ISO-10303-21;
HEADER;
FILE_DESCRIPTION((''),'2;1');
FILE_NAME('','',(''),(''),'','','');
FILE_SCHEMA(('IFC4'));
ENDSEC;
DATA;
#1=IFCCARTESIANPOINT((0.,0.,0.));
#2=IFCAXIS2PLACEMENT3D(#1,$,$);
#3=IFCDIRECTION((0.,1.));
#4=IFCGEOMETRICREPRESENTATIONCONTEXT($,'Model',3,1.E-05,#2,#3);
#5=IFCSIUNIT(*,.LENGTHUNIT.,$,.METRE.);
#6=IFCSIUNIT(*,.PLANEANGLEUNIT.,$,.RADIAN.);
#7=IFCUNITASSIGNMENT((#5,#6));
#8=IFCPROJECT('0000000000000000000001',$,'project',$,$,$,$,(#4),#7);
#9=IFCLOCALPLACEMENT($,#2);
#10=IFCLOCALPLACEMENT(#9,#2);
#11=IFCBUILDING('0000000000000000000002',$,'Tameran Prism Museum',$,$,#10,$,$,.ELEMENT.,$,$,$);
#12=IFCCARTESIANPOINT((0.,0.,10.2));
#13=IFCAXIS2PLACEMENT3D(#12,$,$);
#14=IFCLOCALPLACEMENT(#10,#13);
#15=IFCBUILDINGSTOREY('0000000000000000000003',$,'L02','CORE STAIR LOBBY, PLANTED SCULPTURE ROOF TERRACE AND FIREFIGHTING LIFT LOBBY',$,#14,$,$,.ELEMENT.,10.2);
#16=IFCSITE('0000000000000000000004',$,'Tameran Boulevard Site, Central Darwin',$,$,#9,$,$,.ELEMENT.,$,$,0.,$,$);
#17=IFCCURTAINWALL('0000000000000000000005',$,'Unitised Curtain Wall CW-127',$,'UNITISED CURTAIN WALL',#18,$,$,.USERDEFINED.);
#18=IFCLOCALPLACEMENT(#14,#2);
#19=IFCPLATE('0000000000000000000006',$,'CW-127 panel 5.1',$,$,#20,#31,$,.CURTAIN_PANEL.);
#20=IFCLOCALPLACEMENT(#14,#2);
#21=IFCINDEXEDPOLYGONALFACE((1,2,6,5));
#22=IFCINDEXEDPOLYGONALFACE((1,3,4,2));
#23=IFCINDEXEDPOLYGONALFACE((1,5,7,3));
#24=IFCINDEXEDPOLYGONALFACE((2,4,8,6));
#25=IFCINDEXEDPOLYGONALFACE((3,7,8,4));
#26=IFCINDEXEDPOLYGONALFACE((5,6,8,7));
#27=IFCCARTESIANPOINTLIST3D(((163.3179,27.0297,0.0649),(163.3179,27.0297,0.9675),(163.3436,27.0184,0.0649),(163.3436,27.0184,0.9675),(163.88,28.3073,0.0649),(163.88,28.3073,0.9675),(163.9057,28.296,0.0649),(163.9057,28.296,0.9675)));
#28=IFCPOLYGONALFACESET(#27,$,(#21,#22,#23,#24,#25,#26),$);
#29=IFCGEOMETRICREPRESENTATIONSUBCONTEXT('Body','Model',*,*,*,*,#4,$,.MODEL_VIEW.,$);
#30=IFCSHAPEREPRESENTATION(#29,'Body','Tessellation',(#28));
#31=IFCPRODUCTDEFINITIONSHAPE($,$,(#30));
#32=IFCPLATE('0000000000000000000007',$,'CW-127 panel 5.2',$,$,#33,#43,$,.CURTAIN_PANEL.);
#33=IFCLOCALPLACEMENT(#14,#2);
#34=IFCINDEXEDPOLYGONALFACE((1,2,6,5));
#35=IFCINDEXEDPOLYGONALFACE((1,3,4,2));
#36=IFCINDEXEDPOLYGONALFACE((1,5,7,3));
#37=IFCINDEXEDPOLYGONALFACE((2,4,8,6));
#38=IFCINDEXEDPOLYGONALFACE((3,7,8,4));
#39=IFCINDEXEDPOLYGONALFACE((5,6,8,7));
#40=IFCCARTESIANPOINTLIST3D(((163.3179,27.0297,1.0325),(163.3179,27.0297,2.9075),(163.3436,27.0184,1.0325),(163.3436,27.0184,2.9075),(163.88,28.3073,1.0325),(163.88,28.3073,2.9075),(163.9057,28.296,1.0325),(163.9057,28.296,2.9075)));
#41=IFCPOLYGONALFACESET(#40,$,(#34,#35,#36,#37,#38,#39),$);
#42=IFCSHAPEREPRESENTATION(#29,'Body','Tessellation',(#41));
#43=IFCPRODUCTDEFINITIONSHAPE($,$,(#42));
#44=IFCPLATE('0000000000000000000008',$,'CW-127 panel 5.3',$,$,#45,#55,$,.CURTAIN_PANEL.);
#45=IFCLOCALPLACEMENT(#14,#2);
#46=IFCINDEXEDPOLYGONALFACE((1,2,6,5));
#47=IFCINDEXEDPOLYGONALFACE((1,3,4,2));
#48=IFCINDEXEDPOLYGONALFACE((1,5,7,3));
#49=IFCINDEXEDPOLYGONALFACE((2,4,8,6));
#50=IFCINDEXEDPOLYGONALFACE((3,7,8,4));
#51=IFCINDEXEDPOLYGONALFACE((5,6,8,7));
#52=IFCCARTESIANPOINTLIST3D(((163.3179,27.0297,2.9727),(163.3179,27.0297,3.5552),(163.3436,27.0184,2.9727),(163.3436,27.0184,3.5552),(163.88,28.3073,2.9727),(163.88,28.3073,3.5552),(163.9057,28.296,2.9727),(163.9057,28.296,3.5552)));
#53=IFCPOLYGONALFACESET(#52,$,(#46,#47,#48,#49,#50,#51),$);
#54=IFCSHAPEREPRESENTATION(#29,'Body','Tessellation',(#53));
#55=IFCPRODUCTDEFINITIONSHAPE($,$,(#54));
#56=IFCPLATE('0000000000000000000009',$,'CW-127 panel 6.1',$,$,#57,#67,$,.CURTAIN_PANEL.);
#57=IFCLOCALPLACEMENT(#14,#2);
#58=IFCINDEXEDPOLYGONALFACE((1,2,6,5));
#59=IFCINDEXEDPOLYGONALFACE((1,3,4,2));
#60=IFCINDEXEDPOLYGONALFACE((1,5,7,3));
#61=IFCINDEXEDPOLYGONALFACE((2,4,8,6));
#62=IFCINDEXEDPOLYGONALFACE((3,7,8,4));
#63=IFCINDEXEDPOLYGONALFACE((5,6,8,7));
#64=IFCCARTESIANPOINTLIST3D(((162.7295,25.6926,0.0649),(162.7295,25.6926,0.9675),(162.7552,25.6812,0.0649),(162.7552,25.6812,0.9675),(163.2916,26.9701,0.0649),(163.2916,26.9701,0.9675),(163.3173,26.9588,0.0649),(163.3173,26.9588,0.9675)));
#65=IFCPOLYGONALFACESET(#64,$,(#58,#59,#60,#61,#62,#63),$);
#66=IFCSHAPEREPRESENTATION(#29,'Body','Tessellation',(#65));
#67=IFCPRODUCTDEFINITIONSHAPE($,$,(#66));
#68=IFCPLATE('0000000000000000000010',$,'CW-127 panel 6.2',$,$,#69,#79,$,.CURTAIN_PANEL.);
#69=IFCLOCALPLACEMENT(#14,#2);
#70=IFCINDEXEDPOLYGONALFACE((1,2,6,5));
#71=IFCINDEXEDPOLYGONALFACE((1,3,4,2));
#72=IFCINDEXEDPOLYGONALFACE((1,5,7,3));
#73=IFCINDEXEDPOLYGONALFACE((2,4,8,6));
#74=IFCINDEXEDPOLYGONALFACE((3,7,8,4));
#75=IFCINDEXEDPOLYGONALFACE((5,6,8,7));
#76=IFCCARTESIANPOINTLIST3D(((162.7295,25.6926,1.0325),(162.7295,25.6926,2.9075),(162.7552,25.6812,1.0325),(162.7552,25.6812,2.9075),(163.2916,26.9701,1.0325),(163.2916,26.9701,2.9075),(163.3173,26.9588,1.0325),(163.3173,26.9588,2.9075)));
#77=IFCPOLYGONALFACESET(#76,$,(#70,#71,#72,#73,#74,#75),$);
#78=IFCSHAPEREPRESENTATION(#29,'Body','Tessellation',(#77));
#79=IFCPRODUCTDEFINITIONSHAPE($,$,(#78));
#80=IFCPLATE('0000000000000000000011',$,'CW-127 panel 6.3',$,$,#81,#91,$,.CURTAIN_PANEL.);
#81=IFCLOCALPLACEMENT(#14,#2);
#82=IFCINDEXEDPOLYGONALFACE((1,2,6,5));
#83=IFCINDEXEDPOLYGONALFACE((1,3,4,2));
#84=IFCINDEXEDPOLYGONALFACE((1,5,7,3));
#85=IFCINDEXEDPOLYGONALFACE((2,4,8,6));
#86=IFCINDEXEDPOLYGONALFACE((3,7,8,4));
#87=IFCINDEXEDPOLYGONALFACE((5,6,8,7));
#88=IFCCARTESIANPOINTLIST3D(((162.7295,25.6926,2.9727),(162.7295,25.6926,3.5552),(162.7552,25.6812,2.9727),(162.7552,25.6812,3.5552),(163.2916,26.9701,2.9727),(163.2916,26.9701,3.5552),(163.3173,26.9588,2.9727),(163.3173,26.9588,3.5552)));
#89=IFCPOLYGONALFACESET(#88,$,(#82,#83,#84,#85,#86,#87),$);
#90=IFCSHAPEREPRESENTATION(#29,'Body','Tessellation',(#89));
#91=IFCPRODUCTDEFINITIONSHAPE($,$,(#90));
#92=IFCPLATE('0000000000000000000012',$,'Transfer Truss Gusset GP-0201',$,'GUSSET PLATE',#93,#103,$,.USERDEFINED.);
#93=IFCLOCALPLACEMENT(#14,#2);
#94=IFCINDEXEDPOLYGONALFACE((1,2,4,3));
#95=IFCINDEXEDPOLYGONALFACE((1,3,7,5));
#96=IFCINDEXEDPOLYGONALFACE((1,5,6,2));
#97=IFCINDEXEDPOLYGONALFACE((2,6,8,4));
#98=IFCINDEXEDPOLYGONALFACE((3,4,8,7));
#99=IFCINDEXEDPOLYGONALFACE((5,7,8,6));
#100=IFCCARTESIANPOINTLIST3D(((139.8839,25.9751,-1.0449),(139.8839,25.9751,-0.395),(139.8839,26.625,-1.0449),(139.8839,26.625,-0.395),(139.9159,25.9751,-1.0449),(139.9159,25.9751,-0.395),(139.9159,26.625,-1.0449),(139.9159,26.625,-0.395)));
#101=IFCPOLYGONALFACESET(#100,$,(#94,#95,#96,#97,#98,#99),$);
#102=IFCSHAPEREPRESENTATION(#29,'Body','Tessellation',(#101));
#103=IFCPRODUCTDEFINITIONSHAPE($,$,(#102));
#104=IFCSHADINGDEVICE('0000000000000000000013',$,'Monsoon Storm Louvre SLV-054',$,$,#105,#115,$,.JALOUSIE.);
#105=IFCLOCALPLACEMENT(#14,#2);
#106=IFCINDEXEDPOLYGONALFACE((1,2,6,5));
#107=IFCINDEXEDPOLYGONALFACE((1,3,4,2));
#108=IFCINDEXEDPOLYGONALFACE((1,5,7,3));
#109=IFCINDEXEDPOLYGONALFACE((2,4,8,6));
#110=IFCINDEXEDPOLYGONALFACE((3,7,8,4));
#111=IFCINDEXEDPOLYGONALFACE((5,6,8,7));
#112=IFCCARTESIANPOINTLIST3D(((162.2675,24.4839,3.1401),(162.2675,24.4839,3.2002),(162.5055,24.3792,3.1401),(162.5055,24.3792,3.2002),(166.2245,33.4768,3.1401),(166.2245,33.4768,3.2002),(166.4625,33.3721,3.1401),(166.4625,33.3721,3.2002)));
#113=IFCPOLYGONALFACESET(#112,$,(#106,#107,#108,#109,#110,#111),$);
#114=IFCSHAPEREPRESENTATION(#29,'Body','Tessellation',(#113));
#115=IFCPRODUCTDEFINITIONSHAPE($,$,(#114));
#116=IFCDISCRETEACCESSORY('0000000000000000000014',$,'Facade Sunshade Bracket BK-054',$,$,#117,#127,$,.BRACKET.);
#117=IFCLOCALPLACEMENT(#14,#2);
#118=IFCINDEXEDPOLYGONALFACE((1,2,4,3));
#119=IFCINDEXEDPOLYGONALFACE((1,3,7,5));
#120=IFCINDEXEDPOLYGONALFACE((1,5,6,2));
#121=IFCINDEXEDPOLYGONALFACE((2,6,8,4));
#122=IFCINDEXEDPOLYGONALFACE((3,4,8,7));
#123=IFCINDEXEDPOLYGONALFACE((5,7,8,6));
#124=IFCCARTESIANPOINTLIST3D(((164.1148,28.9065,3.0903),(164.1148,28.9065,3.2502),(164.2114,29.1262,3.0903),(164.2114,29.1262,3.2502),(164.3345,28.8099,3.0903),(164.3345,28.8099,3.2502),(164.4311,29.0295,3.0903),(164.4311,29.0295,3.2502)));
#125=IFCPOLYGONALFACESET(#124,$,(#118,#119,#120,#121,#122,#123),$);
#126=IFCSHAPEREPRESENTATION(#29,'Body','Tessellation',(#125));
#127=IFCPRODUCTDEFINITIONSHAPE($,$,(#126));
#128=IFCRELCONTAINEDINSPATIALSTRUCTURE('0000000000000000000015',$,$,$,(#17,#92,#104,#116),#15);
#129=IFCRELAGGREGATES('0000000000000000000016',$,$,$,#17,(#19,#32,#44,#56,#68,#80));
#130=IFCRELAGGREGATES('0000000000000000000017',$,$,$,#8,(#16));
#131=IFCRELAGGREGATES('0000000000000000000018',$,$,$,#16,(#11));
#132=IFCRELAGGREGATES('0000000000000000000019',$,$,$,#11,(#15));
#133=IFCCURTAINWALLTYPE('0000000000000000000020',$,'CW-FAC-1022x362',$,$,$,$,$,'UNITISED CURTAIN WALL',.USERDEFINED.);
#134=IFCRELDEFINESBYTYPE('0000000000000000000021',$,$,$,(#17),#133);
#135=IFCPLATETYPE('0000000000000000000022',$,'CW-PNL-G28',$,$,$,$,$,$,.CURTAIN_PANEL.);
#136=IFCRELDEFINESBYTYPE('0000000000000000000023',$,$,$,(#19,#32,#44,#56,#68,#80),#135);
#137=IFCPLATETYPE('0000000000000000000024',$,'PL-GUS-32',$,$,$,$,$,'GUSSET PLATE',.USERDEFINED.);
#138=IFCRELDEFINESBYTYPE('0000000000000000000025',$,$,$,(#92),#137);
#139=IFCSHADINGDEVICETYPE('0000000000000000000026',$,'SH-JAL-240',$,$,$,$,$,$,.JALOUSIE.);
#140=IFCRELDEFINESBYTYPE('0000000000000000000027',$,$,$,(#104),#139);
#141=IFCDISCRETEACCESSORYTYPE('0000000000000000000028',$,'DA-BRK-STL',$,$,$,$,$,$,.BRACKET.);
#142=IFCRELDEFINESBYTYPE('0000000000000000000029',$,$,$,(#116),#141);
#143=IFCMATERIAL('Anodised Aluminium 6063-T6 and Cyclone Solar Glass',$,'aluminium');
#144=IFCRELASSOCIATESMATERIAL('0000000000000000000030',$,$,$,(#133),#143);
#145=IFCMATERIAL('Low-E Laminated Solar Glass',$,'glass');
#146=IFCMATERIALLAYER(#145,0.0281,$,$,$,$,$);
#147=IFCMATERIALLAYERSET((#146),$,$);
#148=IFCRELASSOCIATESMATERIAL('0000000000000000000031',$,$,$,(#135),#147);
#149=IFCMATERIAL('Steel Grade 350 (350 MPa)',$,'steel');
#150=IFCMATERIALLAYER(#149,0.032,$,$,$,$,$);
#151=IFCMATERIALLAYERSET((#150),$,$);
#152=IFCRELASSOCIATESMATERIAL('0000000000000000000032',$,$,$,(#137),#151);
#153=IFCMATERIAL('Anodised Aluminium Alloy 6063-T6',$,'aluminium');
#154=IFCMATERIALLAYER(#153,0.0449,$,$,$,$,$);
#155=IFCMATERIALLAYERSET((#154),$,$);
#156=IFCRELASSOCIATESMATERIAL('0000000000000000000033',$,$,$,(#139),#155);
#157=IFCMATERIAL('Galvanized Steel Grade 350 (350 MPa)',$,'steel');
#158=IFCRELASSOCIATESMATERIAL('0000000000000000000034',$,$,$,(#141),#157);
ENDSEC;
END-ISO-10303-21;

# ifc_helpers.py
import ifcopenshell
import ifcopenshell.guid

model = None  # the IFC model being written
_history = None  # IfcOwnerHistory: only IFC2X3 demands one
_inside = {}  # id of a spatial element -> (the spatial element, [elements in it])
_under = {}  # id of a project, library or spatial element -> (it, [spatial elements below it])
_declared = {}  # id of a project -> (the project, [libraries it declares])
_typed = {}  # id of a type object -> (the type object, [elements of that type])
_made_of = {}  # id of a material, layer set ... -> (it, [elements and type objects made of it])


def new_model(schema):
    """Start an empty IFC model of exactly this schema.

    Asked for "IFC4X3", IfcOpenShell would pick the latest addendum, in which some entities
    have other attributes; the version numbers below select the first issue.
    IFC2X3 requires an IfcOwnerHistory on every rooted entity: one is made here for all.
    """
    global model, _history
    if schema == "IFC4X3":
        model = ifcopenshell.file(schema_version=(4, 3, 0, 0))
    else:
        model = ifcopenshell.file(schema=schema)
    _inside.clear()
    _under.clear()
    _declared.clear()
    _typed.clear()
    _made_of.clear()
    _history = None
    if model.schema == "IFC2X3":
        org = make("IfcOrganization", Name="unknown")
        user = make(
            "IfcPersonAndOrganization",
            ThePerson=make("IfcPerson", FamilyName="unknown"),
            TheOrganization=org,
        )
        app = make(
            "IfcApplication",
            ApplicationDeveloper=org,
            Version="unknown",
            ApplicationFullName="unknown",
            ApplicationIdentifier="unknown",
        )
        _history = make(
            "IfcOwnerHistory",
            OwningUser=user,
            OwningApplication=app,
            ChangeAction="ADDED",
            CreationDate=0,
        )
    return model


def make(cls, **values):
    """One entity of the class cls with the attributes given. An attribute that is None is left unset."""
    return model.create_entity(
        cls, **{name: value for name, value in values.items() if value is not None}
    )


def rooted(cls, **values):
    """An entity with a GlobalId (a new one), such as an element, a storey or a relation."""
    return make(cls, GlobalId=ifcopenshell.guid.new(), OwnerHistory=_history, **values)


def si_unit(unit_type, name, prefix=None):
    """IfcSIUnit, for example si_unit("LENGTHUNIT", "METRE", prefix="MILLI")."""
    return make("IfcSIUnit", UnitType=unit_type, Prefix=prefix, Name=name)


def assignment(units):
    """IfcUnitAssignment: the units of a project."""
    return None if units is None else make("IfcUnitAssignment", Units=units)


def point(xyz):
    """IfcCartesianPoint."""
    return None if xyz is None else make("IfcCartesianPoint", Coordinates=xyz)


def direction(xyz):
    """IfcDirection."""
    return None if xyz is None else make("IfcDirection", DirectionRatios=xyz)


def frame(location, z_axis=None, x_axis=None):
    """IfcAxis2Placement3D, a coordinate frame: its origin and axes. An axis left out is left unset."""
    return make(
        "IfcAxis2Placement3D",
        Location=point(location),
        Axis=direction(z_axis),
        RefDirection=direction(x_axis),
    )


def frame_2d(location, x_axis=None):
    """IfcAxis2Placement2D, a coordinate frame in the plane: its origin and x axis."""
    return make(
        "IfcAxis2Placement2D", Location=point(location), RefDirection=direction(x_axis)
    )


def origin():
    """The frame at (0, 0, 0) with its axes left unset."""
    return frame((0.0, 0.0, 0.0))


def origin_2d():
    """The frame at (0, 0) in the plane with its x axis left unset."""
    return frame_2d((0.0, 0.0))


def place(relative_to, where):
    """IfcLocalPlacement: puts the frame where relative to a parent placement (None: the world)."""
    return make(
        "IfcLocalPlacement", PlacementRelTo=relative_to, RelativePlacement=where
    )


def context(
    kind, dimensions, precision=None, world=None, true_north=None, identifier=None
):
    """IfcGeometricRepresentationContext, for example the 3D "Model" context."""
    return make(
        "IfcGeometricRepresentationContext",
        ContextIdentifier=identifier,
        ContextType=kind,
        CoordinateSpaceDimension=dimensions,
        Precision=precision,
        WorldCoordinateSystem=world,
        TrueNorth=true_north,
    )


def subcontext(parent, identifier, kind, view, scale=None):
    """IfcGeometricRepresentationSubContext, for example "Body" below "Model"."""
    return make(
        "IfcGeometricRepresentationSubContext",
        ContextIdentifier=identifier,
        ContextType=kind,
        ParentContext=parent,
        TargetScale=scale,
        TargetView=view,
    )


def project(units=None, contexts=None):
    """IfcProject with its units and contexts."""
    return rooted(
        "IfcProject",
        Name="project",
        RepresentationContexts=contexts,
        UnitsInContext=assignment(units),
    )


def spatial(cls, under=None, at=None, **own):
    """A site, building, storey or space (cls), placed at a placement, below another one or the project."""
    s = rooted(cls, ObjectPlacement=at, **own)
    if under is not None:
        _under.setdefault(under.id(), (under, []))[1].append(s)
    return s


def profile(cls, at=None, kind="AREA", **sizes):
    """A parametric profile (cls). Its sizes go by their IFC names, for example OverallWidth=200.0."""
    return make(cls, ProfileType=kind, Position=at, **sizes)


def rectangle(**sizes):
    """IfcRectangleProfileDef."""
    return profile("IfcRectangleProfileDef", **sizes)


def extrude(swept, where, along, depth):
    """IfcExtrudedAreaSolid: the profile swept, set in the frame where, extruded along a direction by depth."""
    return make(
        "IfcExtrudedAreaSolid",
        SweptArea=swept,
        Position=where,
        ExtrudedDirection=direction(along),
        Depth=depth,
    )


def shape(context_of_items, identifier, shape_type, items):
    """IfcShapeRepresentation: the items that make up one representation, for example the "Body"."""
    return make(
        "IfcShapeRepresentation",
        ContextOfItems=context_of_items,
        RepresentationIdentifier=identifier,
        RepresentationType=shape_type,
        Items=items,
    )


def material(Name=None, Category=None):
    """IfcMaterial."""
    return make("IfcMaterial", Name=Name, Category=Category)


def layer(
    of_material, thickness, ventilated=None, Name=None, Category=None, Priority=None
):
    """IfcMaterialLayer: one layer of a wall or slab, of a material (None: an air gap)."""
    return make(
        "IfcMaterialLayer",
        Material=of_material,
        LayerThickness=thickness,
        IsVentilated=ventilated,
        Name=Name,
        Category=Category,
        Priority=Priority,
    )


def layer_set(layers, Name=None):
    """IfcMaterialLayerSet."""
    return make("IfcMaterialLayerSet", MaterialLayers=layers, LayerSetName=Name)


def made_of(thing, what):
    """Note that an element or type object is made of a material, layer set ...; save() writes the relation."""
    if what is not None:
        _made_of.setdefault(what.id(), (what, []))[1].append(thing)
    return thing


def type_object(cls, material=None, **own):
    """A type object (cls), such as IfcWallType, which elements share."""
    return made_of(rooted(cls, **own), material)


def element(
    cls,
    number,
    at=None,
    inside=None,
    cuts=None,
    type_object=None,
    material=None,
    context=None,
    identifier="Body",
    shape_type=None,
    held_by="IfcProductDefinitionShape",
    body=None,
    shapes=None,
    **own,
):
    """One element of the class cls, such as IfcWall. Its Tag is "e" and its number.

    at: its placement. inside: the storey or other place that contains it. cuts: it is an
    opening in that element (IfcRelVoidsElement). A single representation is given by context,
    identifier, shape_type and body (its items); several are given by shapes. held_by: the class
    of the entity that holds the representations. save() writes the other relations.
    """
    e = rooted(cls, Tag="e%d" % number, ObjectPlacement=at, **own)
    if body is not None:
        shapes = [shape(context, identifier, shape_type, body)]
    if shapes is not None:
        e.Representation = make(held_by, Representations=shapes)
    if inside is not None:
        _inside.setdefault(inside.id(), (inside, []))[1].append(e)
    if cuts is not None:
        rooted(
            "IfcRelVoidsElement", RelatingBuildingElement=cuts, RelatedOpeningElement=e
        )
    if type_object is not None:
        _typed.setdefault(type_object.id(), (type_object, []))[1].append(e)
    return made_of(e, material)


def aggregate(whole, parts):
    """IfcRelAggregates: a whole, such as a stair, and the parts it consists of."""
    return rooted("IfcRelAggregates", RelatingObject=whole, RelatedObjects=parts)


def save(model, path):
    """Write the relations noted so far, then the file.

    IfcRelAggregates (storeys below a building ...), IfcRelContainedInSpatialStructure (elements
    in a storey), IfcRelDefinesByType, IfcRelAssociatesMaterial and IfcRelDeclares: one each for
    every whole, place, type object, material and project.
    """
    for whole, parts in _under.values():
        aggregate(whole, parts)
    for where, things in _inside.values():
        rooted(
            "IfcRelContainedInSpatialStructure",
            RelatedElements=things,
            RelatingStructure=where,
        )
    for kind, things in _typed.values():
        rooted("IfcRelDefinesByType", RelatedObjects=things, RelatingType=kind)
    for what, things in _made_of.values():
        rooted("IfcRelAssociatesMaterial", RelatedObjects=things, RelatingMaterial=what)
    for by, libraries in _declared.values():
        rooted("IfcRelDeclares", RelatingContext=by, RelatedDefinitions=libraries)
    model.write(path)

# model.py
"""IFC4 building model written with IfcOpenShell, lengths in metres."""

from ifc_helpers import new_model, si_unit, direction, frame, origin, origin_2d, place, context, subcontext, project, spatial, rectangle, extrude, material, layer, layer_set, type_object, element, aggregate, save


model = new_model("IFC4")

# Units and contexts
model_context = context("Model", 3, precision=1e-05, world=origin(), true_north=direction((0.0, 1.0)))
body_context = subcontext(model_context, "Body", "Model", "MODEL_VIEW")
ifc_project = project(units=[si_unit("LENGTHUNIT", "METRE"), si_unit("PLANEANGLEUNIT", "RADIAN")], contexts=[model_context])

# Site, building, storey
site_placement = place(None, origin())
site = spatial("IfcSite", under=ifc_project, at=site_placement, Name="Tameran Boulevard Site, Central Darwin", CompositionType="ELEMENT", RefElevation=0.0)
building_placement = place(site_placement, origin())
building = spatial("IfcBuilding", under=site, at=building_placement, Name="Tameran Prism Museum", CompositionType="ELEMENT")
storey_placement = place(building_placement, frame((0.0, 0.0, 10.2)))
storey = spatial("IfcBuildingStorey", under=building, at=storey_placement, Name="L02", Description="CORE STAIR LOBBY, PLANTED SCULPTURE ROOF TERRACE AND FIREFIGHTING LIFT LOBBY", CompositionType="ELEMENT", Elevation=10.2)

# Curtain wall
ifc_material_1 = material(Name="Anodised Aluminium 6063-T6 and Cyclone Solar Glass", Category="aluminium")
curtain_wall_type = type_object("IfcCurtainWallType", Name="CW-FAC-1022x362", ElementType="UNITISED CURTAIN WALL", PredefinedType="USERDEFINED", material=ifc_material_1)
curtain_wall_placement = place(storey_placement, origin())
curtain_wall = element("IfcCurtainWall", 1, at=curtain_wall_placement, inside=storey, type_object=curtain_wall_type, Name="Unitised Curtain Wall CW-127", ObjectType="UNITISED CURTAIN WALL", PredefinedType="USERDEFINED")

# Plates
ifc_material_2 = material(Name="Low-E Laminated Solar Glass", Category="glass")
ifc_layer_1 = layer(ifc_material_2, 0.0281)
ifc_layer_set_1 = layer_set([ifc_layer_1])
plate_type_1 = type_object("IfcPlateType", Name="CW-PNL-G28", PredefinedType="CURTAIN_PANEL", material=ifc_layer_set_1)
plate_1_placement = place(storey_placement, frame((163.6118, 27.6628, 0.0649), z_axis=(0.0, 0.0, 1.0), x_axis=(-0.402706, -0.915329, 0.0)))
plate_1 = element("IfcPlate", 2, at=plate_1_placement, type_object=plate_type_1, Name="CW-127 panel 5.1", PredefinedType="CURTAIN_PANEL", context=body_context, shape_type="SweptSolid", body=[
    extrude(rectangle(XDim=1.3958, YDim=0.0281, at=origin_2d()), origin(), (0.0, 0.0, 1.0), 0.9026),
])
plate_2_placement = place(storey_placement, frame((163.6118, 27.6628, 1.0325), z_axis=(0.0, 0.0, 1.0), x_axis=(-0.402706, -0.915329, 0.0)))
plate_2 = element("IfcPlate", 3, at=plate_2_placement, type_object=plate_type_1, Name="CW-127 panel 5.2", PredefinedType="CURTAIN_PANEL", context=body_context, shape_type="SweptSolid", body=[
    extrude(rectangle(XDim=1.3958, YDim=0.0281, at=origin_2d()), origin(), (0.0, 0.0, 1.0), 1.875),
])
plate_3_placement = place(storey_placement, frame((163.6118, 27.6628, 2.9727), z_axis=(0.0, 0.0, 1.0), x_axis=(-0.402706, -0.915329, 0.0)))
plate_3 = element("IfcPlate", 4, at=plate_3_placement, type_object=plate_type_1, Name="CW-127 panel 5.3", PredefinedType="CURTAIN_PANEL", context=body_context, shape_type="SweptSolid", body=[
    extrude(rectangle(XDim=1.3958, YDim=0.0281, at=origin_2d()), origin(), (0.0, 0.0, 1.0), 0.5825),
])
plate_4_placement = place(storey_placement, frame((163.0234, 26.3257, 0.0649), z_axis=(0.0, 0.0, 1.0), x_axis=(-0.402706, -0.915329, 0.0)))
plate_4 = element("IfcPlate", 5, at=plate_4_placement, type_object=plate_type_1, Name="CW-127 panel 6.1", PredefinedType="CURTAIN_PANEL", context=body_context, shape_type="SweptSolid", body=[
    extrude(rectangle(XDim=1.3958, YDim=0.0281, at=origin_2d()), origin(), (0.0, 0.0, 1.0), 0.9026),
])
plate_5_placement = place(storey_placement, frame((163.0234, 26.3257, 1.0325), z_axis=(0.0, 0.0, 1.0), x_axis=(-0.402706, -0.915329, 0.0)))
plate_5 = element("IfcPlate", 6, at=plate_5_placement, type_object=plate_type_1, Name="CW-127 panel 6.2", PredefinedType="CURTAIN_PANEL", context=body_context, shape_type="SweptSolid", body=[
    extrude(rectangle(XDim=1.3958, YDim=0.0281, at=origin_2d()), origin(), (0.0, 0.0, 1.0), 1.875),
])
plate_6_placement = place(storey_placement, frame((163.0234, 26.3257, 2.9727), z_axis=(0.0, 0.0, 1.0), x_axis=(-0.402706, -0.915329, 0.0)))
plate_6 = element("IfcPlate", 7, at=plate_6_placement, type_object=plate_type_1, Name="CW-127 panel 6.3", PredefinedType="CURTAIN_PANEL", context=body_context, shape_type="SweptSolid", body=[
    extrude(rectangle(XDim=1.3958, YDim=0.0281, at=origin_2d()), origin(), (0.0, 0.0, 1.0), 0.5825),
])
aggregate(curtain_wall, [plate_1, plate_2, plate_3, plate_4, plate_5, plate_6])
ifc_material_3 = material(Name="Steel Grade 350 (350 MPa)", Category="steel")
ifc_layer_2 = layer(ifc_material_3, 0.032)
ifc_layer_set_2 = layer_set([ifc_layer_2])
plate_type_2 = type_object("IfcPlateType", Name="PL-GUS-32", ElementType="GUSSET PLATE", PredefinedType="USERDEFINED", material=ifc_layer_set_2)
plate_7_placement = place(storey_placement, frame((139.8999, 26.3, -1.0449), z_axis=(0.0, 0.0, 1.0), x_axis=(1.0, 0.0, 0.0)))
element("IfcPlate", 8, at=plate_7_placement, inside=storey, type_object=plate_type_2, Name="Transfer Truss Gusset GP-0201", ObjectType="GUSSET PLATE", PredefinedType="USERDEFINED", context=body_context, shape_type="SweptSolid", body=[
    extrude(rectangle(XDim=0.032, YDim=0.6499, at=origin_2d()), origin(), (0.0, 0.0, 1.0), 0.6499),
])

# Shading device
ifc_material_4 = material(Name="Anodised Aluminium Alloy 6063-T6", Category="aluminium")
ifc_layer_3 = layer(ifc_material_4, 0.0449)
ifc_layer_set_3 = layer_set([ifc_layer_3])
shading_device_type = type_object("IfcShadingDeviceType", Name="SH-JAL-240", PredefinedType="JALOUSIE", material=ifc_layer_set_3)
shading_device_placement = place(storey_placement, frame((164.365, 28.928, 3.1401), z_axis=(0.0, 0.0, 1.0), x_axis=(-0.402747, -0.915311, 0.0)))
element("IfcShadingDevice", 9, at=shading_device_placement, inside=storey, type_object=shading_device_type, Name="Monsoon Storm Louvre SLV-054", PredefinedType="JALOUSIE", context=body_context, shape_type="SweptSolid", body=[
    extrude(rectangle(XDim=9.825, YDim=0.26, at=origin_2d()), origin(), (0.0, 0.0, 1.0), 0.0601),
])

# Discrete accessory
ifc_material_5 = material(Name="Galvanized Steel Grade 350 (350 MPa)", Category="steel")
discrete_accessory_type = type_object("IfcDiscreteAccessoryType", Name="DA-BRK-STL", PredefinedType="BRACKET", material=ifc_material_5)
discrete_accessory_placement = place(storey_placement, frame((164.2729, 28.968, 3.0903), z_axis=(0.0, 0.0, 1.0), x_axis=(-0.402747, -0.915311, 0.0)))
element("IfcDiscreteAccessory", 10, at=discrete_accessory_placement, inside=storey, type_object=discrete_accessory_type, Name="Facade Sunshade Bracket BK-054", PredefinedType="BRACKET", context=body_context, shape_type="SweptSolid", body=[
    extrude(rectangle(XDim=0.24, YDim=0.24, at=origin_2d()), origin(), (0.0, 0.0, 1.0), 0.1599),
])

save(model, "model.ifc")
